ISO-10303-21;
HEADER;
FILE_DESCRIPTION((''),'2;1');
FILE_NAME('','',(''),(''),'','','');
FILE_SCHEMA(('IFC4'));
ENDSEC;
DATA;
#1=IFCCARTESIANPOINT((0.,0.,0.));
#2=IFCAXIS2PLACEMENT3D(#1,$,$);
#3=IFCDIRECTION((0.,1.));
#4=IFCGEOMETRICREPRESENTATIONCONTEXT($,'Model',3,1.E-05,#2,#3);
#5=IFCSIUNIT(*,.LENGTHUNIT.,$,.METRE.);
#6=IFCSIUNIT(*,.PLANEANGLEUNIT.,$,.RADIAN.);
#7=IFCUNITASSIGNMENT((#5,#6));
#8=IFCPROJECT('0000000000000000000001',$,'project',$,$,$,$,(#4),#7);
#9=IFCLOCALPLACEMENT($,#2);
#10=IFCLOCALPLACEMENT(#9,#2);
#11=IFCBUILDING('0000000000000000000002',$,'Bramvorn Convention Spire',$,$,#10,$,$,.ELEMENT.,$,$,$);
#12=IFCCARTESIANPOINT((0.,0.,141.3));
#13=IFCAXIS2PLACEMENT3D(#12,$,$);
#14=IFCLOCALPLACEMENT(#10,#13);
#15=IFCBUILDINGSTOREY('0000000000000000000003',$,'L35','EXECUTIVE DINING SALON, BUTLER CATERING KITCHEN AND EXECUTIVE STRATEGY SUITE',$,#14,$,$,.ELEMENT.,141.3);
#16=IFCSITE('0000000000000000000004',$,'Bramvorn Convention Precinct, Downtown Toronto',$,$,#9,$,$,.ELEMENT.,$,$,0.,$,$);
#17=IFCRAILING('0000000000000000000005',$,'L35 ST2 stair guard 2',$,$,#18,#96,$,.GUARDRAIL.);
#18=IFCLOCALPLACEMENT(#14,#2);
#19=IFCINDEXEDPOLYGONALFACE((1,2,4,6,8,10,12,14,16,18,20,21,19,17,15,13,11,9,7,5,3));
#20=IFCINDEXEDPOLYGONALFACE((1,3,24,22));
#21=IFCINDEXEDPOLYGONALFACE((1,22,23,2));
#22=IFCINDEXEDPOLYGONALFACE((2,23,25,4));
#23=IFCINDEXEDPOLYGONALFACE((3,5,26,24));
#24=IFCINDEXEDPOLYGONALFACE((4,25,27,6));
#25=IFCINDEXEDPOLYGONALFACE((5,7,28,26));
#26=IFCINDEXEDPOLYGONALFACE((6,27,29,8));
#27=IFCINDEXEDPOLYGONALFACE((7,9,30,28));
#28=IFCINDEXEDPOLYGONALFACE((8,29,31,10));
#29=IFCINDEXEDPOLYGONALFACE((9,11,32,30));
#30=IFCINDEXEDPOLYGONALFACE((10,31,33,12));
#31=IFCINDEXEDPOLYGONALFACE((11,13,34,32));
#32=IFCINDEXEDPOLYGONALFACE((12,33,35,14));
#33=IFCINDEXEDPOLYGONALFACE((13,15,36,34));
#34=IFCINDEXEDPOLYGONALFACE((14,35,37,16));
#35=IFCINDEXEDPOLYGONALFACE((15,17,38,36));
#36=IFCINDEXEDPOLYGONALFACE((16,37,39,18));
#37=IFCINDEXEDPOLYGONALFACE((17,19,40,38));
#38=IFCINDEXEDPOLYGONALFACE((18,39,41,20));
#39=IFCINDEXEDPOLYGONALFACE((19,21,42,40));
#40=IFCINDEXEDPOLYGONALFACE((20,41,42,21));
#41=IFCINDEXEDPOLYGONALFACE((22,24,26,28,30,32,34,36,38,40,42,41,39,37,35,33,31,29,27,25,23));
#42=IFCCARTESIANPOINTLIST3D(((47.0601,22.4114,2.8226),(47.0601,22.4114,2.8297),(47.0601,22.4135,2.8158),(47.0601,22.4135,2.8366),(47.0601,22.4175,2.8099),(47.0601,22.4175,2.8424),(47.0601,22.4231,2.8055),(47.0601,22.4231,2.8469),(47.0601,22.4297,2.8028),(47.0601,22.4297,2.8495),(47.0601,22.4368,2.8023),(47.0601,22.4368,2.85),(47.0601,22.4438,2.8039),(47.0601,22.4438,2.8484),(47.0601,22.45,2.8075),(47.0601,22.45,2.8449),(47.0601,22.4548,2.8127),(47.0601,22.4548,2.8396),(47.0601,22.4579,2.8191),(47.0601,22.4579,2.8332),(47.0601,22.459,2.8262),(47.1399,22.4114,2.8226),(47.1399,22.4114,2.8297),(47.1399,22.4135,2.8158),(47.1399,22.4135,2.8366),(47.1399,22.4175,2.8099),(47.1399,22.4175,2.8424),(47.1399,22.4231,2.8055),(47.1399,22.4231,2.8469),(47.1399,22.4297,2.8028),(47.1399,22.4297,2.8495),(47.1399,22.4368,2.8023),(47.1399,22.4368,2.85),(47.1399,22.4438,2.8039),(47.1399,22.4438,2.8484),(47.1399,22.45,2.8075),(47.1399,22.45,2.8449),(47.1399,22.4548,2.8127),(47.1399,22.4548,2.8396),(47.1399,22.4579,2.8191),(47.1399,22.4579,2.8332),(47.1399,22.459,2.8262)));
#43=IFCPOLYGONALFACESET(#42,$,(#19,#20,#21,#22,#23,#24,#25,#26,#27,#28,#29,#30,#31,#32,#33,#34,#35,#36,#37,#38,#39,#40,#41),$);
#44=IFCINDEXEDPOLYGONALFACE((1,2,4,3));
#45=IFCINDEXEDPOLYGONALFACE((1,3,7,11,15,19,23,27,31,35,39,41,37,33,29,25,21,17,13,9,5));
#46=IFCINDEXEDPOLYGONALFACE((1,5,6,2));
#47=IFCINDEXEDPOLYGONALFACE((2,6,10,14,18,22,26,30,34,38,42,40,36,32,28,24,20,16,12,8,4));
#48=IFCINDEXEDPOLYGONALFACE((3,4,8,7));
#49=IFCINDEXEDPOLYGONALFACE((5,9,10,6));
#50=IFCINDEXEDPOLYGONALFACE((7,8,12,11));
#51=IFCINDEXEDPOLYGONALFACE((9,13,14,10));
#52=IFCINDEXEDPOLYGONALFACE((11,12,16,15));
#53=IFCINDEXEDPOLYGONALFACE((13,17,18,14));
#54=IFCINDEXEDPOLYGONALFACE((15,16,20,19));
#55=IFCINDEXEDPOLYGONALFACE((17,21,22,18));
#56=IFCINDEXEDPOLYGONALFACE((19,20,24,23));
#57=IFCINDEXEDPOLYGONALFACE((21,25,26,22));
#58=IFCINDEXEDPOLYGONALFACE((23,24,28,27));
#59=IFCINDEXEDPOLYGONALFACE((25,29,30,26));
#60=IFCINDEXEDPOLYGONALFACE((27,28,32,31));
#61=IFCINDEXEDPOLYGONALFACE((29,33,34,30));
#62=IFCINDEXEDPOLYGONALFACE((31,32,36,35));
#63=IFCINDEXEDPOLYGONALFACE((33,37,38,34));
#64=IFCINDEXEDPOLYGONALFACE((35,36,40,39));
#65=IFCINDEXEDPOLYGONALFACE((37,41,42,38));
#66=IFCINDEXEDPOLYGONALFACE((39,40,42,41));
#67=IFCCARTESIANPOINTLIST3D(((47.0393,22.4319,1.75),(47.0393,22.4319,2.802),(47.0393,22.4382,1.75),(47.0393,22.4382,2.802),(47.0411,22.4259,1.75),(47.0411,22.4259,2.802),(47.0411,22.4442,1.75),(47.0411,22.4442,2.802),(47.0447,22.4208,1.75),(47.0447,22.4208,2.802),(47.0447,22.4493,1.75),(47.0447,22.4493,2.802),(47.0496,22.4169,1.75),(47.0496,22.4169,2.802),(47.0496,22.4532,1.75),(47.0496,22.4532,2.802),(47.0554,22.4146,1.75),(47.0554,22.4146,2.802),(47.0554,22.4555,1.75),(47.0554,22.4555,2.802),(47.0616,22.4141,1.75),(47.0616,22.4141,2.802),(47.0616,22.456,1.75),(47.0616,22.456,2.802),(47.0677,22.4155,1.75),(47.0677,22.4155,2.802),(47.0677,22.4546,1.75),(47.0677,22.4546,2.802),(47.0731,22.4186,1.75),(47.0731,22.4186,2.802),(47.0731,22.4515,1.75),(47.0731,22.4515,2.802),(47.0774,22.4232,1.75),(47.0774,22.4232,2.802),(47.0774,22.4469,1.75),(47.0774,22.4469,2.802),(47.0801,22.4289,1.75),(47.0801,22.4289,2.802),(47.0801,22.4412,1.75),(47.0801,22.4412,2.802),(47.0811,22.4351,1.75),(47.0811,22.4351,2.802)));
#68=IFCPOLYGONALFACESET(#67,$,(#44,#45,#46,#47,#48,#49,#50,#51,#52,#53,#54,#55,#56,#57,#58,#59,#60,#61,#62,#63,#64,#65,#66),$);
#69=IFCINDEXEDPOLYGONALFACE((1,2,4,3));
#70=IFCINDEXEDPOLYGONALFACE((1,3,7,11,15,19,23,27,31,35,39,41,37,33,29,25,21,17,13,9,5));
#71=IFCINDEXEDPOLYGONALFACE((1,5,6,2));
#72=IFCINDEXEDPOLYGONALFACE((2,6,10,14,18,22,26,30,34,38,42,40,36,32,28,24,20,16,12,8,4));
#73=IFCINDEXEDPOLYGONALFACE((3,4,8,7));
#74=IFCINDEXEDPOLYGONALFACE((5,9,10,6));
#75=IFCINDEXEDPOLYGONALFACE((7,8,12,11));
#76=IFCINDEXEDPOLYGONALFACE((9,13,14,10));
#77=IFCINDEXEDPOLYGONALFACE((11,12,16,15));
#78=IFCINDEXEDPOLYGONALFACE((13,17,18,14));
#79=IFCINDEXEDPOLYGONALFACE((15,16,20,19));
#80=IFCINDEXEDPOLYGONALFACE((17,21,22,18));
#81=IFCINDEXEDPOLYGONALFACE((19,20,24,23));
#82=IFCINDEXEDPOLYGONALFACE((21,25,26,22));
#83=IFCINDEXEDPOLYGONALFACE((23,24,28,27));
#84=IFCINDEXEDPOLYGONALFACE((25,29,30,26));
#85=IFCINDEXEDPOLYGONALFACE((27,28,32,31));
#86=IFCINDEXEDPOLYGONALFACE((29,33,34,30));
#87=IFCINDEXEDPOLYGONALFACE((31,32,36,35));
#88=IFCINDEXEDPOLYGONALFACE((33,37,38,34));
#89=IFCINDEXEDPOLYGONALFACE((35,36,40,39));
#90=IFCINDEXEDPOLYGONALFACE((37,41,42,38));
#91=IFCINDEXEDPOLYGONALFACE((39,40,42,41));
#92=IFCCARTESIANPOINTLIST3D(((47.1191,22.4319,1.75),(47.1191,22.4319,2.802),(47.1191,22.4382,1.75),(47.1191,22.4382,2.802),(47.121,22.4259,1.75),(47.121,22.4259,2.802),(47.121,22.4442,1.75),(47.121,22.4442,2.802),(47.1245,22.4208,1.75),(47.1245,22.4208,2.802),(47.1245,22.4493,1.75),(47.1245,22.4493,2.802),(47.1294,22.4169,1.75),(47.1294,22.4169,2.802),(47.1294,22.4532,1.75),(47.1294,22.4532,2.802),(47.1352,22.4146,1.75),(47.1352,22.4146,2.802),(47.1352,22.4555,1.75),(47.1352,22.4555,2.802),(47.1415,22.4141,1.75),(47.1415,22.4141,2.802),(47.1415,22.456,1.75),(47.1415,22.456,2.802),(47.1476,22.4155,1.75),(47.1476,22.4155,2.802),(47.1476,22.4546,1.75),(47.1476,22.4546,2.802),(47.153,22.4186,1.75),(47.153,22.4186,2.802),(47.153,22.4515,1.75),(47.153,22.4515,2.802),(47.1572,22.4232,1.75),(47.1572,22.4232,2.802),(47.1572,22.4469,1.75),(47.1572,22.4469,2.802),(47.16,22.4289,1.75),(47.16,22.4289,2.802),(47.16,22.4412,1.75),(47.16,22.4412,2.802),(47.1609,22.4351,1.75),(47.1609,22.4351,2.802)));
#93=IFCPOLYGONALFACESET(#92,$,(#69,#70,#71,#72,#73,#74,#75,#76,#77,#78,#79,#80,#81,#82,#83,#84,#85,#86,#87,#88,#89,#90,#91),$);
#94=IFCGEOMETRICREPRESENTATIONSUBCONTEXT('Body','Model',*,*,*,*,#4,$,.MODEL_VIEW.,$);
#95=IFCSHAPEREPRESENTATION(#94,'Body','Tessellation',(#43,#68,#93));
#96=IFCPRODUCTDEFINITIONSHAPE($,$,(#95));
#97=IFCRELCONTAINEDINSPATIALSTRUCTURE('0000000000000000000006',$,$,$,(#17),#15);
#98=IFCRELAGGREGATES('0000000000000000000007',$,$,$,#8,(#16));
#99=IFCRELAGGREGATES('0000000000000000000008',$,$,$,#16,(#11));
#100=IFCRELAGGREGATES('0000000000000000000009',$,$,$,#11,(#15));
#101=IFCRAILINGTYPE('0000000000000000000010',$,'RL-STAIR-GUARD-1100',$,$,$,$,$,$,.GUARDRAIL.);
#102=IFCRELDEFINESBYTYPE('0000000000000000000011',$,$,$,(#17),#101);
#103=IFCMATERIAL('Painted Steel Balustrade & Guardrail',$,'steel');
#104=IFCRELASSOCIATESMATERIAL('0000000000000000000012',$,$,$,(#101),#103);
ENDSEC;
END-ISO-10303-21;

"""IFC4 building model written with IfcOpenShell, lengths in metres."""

from ifc_helpers import new_model, si_unit, direction, frame, origin, origin_2d, place, context, subcontext, project, spatial, circle, extrude, material, type_object, element, save


model = new_model("IFC4")

# Units and contexts
model_context = context("Model", 3, precision=1e-05, world=origin(), true_north=direction((0.0, 1.0)))
body_context = subcontext(model_context, "Body", "Model", "MODEL_VIEW")
ifc_project = project(units=[si_unit("LENGTHUNIT", "METRE"), si_unit("PLANEANGLEUNIT", "RADIAN")], contexts=[model_context])

# Site, building, storey
site_placement = place(None, origin())
site = spatial("IfcSite", under=ifc_project, at=site_placement, Name="Bramvorn Convention Precinct, Downtown Toronto", CompositionType="ELEMENT", RefElevation=0.0)
building_placement = place(site_placement, origin())
building = spatial("IfcBuilding", under=site, at=building_placement, Name="Bramvorn Convention Spire", CompositionType="ELEMENT")
storey_placement = place(building_placement, frame((0.0, 0.0, 141.3)))
storey = spatial("IfcBuildingStorey", under=building, at=storey_placement, Name="L35", Description="EXECUTIVE DINING SALON, BUTLER CATERING KITCHEN AND EXECUTIVE STRATEGY SUITE", CompositionType="ELEMENT", Elevation=141.3)

# Railing
ifc_material_1 = material(Name="Painted Steel Balustrade & Guardrail", Category="steel")
railing_type_1 = type_object("IfcRailingType", Name="RL-STAIR-GUARD-1100", PredefinedType="GUARDRAIL", material=ifc_material_1)
railing_1_placement = place(storey_placement, frame((47.0601, 22.4351, 1.75)))
element("IfcRailing", 1, at=railing_1_placement, inside=storey, type_object=railing_type_1, Name="L35 ST2 stair guard 2", PredefinedType="GUARDRAIL", context=body_context, shape_type="SweptSolid", body=[
    extrude(circle(Radius=0.0239, at=origin_2d()), frame((0.0, 0.0, 1.0762), z_axis=(1.0, 0.0, 0.0), x_axis=(0.0, 1.0, 0.0)), (0.0, 0.0, 1.0), 0.0798),
    extrude(circle(Radius=0.021, at=origin_2d()), origin(), (0.0, 0.0, 1.0), 1.052),
    extrude(circle(Radius=0.021, at=origin_2d()), frame((0.0798, 0.0, 0.0)), (0.0, 0.0, 1.0), 1.052),
])

save(model, "model.ifc")
